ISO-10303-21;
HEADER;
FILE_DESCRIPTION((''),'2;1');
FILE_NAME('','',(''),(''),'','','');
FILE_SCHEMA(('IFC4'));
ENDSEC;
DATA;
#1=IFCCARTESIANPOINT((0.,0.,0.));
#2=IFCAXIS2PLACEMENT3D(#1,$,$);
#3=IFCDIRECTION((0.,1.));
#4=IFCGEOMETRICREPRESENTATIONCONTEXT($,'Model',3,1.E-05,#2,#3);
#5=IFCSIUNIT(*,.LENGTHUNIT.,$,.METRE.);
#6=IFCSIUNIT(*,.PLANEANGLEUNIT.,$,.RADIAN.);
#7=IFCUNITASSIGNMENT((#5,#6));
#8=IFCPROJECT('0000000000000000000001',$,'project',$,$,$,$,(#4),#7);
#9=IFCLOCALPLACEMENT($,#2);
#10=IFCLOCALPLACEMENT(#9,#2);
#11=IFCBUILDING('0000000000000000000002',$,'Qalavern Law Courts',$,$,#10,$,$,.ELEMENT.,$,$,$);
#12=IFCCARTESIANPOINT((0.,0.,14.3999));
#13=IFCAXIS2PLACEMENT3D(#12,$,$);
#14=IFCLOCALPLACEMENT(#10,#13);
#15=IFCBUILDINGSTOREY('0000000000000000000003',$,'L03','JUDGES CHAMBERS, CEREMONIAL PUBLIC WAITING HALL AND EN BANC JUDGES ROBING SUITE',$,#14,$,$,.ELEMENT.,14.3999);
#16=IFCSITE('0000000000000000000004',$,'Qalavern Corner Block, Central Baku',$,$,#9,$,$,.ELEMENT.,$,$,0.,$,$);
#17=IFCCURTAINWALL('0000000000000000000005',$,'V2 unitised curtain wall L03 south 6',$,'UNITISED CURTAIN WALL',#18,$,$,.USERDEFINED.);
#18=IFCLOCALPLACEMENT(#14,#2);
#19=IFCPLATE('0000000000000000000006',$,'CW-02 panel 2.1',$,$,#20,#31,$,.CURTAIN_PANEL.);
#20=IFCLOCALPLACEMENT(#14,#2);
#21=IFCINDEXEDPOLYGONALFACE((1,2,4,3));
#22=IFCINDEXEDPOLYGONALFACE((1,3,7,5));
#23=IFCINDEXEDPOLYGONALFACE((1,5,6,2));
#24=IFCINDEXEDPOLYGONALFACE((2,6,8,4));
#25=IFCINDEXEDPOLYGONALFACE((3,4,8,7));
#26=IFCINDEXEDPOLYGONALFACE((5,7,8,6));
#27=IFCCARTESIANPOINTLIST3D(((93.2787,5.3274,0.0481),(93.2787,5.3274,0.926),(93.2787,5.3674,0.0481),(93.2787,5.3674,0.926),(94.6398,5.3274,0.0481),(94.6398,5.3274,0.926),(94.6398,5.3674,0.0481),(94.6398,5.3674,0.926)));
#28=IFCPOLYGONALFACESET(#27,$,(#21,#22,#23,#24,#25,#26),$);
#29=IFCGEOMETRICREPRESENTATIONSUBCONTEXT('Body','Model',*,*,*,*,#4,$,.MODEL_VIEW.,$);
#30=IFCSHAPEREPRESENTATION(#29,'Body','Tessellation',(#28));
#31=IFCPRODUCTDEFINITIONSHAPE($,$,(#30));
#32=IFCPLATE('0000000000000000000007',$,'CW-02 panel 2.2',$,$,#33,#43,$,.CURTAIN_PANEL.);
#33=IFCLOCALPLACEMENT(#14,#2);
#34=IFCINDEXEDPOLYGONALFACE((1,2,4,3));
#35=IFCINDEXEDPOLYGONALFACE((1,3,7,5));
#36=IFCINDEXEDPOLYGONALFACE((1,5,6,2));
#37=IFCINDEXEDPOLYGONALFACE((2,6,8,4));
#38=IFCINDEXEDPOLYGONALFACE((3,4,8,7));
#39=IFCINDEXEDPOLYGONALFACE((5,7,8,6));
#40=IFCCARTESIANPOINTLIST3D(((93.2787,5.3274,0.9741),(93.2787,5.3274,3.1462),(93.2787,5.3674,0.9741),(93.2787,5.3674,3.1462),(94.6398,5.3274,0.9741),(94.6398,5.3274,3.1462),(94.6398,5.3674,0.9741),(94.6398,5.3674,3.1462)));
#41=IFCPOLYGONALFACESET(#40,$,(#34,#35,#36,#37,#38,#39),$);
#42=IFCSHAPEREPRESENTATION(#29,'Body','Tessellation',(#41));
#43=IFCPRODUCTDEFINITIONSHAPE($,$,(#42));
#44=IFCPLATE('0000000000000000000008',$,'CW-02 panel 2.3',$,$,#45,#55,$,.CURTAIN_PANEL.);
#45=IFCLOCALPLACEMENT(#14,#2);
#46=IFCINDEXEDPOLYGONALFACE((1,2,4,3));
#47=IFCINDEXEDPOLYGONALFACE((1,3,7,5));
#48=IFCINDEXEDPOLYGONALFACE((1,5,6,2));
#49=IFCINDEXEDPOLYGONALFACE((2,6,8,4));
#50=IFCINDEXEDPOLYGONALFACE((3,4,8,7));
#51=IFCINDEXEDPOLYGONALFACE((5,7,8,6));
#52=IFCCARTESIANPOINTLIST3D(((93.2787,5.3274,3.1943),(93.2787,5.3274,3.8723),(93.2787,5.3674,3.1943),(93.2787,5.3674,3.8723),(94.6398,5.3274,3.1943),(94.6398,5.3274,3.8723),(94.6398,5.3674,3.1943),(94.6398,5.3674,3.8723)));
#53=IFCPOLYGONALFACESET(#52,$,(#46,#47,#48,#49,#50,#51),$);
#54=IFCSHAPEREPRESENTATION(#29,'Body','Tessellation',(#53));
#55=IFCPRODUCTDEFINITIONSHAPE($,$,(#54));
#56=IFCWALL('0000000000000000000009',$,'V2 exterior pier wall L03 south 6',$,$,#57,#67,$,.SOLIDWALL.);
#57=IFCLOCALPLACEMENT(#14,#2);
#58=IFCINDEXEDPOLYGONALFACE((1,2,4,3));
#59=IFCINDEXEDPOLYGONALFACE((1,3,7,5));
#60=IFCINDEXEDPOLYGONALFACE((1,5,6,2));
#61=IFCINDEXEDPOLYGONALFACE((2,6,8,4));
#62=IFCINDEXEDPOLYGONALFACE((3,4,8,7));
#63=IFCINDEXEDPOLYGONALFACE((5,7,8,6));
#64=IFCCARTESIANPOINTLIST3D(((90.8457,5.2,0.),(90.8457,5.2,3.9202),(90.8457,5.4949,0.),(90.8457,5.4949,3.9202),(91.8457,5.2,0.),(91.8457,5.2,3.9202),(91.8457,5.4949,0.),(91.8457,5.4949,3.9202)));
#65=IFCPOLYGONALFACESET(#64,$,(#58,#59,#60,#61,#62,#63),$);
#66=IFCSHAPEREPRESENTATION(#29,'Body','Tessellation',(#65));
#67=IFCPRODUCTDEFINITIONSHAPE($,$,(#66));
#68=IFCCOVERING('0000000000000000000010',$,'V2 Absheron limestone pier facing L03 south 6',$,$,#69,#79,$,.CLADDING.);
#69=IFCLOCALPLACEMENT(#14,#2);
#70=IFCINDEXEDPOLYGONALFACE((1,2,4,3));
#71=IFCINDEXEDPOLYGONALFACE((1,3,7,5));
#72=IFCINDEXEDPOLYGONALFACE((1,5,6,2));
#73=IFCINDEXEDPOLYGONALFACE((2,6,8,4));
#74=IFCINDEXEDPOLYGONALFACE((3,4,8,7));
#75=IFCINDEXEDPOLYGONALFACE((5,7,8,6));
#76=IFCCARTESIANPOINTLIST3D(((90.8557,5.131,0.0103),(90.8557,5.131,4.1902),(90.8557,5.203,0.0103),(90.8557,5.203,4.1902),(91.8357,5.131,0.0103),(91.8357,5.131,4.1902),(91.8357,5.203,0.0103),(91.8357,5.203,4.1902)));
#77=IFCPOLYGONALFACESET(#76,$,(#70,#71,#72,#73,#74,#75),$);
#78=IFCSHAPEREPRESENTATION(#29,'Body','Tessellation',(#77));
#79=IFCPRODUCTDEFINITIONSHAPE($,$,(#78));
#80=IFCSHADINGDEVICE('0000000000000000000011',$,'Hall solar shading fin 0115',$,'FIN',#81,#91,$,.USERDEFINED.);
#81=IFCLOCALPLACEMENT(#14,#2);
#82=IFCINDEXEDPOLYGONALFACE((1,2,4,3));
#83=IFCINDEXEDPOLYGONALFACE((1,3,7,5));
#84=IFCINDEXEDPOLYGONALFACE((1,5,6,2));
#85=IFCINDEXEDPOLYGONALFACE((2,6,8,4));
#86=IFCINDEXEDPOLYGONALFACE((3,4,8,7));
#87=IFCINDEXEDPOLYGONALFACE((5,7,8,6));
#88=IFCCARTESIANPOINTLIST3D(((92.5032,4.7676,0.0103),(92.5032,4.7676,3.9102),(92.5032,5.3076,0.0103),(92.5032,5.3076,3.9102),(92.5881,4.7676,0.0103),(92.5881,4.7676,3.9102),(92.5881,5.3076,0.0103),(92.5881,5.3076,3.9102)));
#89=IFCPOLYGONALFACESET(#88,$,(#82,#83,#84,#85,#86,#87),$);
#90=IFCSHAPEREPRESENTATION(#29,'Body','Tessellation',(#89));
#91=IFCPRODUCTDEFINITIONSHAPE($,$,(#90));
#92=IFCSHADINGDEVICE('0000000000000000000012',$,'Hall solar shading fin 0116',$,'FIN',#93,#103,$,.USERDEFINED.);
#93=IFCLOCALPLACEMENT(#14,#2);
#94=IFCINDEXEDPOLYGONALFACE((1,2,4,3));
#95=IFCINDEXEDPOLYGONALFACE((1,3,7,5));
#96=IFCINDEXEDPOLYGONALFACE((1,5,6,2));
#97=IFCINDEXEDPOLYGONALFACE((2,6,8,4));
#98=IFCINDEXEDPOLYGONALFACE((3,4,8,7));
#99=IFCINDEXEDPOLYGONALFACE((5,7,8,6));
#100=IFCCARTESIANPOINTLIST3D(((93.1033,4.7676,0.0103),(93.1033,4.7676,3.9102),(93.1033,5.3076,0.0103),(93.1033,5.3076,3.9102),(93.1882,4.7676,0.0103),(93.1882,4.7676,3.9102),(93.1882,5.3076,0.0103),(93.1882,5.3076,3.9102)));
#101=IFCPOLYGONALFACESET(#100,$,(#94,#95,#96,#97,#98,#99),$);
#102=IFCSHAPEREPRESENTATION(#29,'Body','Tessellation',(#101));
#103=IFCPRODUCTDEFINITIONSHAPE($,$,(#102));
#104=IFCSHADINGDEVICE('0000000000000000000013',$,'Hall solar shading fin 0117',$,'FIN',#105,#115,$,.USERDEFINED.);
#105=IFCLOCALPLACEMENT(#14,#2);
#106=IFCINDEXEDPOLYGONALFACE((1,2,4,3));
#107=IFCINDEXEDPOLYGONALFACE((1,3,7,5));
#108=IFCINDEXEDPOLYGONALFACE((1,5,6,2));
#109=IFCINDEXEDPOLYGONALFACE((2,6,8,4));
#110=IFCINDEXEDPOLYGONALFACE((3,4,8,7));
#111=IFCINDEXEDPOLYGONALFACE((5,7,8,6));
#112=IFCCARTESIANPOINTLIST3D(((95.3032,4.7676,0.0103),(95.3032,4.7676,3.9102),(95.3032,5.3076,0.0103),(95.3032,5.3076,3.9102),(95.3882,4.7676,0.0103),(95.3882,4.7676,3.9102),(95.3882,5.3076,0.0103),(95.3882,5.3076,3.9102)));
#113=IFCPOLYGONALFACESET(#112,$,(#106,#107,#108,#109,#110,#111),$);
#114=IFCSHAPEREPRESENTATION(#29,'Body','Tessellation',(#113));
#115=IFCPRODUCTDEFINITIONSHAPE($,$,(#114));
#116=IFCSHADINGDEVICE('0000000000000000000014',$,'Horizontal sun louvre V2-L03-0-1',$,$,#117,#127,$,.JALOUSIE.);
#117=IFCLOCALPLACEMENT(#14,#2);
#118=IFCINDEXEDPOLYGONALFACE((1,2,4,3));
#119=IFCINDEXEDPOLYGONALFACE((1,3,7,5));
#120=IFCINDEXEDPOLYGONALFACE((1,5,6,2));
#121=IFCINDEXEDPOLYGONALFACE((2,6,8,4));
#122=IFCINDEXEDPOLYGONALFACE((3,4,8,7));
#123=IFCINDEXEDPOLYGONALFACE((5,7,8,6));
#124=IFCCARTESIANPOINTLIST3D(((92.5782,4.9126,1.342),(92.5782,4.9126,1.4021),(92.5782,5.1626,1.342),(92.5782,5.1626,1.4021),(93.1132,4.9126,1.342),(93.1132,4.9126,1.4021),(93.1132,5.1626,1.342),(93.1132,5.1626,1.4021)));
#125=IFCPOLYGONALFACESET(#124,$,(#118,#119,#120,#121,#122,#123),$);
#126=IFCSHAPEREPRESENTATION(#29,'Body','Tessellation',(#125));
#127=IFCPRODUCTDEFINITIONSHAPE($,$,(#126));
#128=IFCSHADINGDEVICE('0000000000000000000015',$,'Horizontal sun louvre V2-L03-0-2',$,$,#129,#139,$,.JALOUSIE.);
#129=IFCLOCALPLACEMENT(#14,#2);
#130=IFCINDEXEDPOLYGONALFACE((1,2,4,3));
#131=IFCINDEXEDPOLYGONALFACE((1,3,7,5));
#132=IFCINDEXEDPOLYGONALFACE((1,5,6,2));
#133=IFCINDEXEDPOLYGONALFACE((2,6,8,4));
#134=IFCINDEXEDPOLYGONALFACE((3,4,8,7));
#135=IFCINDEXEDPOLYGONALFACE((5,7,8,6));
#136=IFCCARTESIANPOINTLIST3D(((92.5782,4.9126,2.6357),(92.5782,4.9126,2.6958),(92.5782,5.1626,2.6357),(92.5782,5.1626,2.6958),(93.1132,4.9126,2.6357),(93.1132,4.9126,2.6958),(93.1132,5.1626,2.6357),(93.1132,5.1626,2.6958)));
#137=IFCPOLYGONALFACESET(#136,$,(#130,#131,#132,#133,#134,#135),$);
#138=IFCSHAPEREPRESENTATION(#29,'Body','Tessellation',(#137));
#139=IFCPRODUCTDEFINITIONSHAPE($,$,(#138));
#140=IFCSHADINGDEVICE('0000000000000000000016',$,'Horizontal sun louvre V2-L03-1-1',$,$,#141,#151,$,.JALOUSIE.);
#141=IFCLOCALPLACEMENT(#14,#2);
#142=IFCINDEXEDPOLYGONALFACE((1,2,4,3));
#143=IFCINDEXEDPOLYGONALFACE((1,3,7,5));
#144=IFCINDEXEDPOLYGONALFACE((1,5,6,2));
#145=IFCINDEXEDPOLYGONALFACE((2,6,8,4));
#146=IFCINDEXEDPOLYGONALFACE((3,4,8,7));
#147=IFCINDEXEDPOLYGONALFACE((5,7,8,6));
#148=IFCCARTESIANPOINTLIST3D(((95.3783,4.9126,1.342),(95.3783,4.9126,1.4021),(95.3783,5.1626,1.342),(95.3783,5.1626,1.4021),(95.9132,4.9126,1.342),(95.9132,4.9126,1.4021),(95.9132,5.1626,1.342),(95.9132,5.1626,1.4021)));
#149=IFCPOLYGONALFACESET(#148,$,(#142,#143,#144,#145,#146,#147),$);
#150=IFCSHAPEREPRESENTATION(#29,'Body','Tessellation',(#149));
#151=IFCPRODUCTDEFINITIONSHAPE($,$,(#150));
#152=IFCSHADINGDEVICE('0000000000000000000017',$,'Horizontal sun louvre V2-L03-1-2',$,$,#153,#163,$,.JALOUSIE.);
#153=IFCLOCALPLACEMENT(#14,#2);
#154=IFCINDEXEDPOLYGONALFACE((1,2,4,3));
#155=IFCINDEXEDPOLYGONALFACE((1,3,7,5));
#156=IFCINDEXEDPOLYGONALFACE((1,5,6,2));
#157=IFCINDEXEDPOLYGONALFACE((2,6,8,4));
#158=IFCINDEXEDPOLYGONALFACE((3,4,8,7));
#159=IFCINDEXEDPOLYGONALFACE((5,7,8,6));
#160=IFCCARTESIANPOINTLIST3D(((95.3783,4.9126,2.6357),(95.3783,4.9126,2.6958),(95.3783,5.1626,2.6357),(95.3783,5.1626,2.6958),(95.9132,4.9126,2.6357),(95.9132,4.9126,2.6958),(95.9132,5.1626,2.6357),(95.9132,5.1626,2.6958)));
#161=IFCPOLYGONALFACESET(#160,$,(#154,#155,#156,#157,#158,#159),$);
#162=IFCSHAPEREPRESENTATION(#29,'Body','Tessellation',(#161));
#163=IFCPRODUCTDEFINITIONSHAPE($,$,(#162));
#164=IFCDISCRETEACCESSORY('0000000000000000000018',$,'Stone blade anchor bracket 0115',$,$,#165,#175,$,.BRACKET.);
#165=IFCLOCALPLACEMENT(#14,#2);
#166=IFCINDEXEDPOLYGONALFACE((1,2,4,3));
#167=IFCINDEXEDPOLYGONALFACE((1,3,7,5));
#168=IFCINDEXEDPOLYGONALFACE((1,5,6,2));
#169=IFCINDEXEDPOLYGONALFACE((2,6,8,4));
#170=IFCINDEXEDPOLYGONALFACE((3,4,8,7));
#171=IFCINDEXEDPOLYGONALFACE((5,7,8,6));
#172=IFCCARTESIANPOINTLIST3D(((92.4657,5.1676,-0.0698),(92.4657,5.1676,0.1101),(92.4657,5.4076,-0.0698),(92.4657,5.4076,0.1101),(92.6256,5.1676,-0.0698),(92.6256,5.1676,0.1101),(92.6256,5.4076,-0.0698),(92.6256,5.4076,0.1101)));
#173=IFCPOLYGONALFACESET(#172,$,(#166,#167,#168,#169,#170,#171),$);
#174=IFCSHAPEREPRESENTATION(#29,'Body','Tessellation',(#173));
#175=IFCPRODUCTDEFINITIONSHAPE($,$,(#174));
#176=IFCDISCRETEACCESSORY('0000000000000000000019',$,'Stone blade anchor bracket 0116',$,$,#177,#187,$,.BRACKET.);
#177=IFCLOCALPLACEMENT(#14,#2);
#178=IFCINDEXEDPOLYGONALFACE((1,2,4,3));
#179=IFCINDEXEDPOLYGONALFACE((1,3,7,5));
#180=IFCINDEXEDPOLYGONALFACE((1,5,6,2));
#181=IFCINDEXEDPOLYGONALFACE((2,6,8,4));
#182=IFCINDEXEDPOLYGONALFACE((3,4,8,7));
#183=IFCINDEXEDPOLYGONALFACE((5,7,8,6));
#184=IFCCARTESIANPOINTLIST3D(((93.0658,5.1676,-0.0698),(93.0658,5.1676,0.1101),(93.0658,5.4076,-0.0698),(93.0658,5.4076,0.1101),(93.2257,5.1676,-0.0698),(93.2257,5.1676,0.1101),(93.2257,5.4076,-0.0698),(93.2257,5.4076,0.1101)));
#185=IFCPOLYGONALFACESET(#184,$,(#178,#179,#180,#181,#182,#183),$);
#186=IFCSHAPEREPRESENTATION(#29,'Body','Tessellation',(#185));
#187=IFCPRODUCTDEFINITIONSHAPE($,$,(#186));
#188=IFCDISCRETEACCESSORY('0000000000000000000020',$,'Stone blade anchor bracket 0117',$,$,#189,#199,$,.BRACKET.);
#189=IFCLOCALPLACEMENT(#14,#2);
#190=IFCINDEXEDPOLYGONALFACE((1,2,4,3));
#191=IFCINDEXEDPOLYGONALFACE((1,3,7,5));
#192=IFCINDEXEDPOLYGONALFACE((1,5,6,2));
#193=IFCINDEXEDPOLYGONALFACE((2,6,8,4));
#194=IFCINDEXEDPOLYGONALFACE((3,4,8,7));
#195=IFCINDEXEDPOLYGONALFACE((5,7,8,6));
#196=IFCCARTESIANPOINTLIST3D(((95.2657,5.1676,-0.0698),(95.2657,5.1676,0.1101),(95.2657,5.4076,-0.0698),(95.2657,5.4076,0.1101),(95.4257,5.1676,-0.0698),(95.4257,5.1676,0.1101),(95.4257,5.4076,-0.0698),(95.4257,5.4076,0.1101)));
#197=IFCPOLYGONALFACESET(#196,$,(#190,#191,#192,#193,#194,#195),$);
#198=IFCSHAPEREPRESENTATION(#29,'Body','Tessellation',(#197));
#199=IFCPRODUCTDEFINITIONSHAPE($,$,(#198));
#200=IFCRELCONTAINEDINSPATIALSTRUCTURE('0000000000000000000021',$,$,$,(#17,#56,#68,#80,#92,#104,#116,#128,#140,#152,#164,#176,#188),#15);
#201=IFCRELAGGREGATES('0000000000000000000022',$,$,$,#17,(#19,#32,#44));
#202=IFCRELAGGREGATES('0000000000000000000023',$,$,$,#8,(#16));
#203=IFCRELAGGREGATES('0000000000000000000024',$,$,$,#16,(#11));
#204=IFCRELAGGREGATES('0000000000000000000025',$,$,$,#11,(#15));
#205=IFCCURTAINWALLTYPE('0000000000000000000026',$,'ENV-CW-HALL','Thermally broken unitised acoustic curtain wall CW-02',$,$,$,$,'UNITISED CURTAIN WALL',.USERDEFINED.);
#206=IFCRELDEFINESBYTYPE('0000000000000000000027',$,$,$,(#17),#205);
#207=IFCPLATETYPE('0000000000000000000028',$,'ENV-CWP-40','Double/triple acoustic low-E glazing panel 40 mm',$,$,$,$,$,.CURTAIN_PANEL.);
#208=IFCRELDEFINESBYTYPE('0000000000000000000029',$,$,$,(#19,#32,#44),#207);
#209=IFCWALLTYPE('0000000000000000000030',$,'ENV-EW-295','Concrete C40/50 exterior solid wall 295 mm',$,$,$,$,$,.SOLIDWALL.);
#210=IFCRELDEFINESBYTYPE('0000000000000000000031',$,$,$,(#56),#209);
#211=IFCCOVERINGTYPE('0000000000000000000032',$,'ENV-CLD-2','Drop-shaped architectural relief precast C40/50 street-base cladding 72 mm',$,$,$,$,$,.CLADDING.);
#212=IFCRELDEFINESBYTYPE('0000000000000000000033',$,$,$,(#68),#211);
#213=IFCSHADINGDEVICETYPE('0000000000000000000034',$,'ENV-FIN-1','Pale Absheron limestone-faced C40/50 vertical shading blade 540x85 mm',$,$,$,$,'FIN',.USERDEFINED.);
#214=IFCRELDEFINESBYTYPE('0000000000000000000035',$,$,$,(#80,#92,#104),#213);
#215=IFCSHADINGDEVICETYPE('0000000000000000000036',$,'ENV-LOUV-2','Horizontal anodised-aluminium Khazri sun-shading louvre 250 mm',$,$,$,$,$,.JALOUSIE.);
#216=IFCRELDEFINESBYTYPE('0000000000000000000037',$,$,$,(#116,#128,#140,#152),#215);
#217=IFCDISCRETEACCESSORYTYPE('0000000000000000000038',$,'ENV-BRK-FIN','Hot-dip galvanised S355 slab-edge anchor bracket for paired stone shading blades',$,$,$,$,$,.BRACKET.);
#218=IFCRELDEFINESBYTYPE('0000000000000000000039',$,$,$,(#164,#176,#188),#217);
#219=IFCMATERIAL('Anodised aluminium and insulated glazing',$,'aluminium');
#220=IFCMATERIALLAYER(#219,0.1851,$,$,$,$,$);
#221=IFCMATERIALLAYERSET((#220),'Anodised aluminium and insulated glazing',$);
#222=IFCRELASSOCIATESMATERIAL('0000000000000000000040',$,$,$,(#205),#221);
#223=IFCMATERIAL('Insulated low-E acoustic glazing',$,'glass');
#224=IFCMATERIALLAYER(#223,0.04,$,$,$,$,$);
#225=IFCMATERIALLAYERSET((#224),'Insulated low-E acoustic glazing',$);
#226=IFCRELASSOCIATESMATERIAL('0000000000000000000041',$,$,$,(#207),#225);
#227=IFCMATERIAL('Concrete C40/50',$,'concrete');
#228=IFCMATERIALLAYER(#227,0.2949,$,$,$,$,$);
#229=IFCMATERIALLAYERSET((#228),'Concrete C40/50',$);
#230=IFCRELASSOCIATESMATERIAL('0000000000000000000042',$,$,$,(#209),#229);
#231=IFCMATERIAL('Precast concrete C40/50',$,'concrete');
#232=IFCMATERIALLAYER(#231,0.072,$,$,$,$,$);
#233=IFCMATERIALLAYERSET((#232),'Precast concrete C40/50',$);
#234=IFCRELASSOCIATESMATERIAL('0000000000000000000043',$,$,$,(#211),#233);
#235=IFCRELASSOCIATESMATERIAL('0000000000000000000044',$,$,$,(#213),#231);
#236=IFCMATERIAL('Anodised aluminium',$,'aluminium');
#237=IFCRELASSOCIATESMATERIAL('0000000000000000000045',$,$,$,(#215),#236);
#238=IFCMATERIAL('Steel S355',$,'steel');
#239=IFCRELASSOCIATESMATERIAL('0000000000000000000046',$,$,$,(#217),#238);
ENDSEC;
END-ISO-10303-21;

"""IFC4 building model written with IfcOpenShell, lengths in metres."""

from ifc_helpers import new_model, si_unit, direction, frame, frame_2d, origin, origin_2d, place, context, subcontext, project, spatial, rectangle, extrude, material, layer, layer_set, type_object, element, aggregate, save


model = new_model("IFC4")

# Units and contexts
model_context = context("Model", 3, precision=1e-05, world=origin(), true_north=direction((0.0, 1.0)))
body_context = subcontext(model_context, "Body", "Model", "MODEL_VIEW")
ifc_project = project(units=[si_unit("LENGTHUNIT", "METRE"), si_unit("PLANEANGLEUNIT", "RADIAN")], contexts=[model_context])

# Site, building, storey
site_placement = place(None, origin())
site = spatial("IfcSite", under=ifc_project, at=site_placement, Name="Qalavern Corner Block, Central Baku", CompositionType="ELEMENT", RefElevation=0.0)
building_placement = place(site_placement, origin())
building = spatial("IfcBuilding", under=site, at=building_placement, Name="Qalavern Law Courts", CompositionType="ELEMENT")
storey_placement = place(building_placement, frame((0.0, 0.0, 14.3999)))
storey = spatial("IfcBuildingStorey", under=building, at=storey_placement, Name="L03", Description="JUDGES CHAMBERS, CEREMONIAL PUBLIC WAITING HALL AND EN BANC JUDGES ROBING SUITE", CompositionType="ELEMENT", Elevation=14.3999)

# Shared definitions
ifc_material_1 = material(Name="Anodised aluminium and insulated glazing", Category="aluminium")
ifc_layer_1 = layer(ifc_material_1, 0.1851)
ifc_layer_set_1 = layer_set([ifc_layer_1], Name="Anodised aluminium and insulated glazing")
curtain_wall_type = type_object("IfcCurtainWallType", Name="ENV-CW-HALL", Description="Thermally broken unitised acoustic curtain wall CW-02", ElementType="UNITISED CURTAIN WALL", PredefinedType="USERDEFINED", material=ifc_layer_set_1)
ifc_material_2 = material(Name="Anodised aluminium", Category="aluminium")

# Curtain wall
curtain_wall_1_placement = place(storey_placement, origin())
curtain_wall_1 = element("IfcCurtainWall", 1, at=curtain_wall_1_placement, inside=storey, type_object=curtain_wall_type, Name="V2 unitised curtain wall L03 south 6", ObjectType="UNITISED CURTAIN WALL", PredefinedType="USERDEFINED")

# Plates
ifc_material_3 = material(Name="Insulated low-E acoustic glazing", Category="glass")
ifc_layer_2 = layer(ifc_material_3, 0.04)
ifc_layer_set_2 = layer_set([ifc_layer_2], Name="Insulated low-E acoustic glazing")
plate_type_1 = type_object("IfcPlateType", Name="ENV-CWP-40", Description="Double/triple acoustic low-E glazing panel 40 mm", PredefinedType="CURTAIN_PANEL", material=ifc_layer_set_2)
plate_1_placement = place(storey_placement, frame((93.9592, 5.3474, 0.0481), z_axis=(0.0, 0.0, 1.0), x_axis=(1.0, 0.0, 0.0)))
plate_1 = element("IfcPlate", 2, at=plate_1_placement, type_object=plate_type_1, Name="CW-02 panel 2.1", PredefinedType="CURTAIN_PANEL", context=body_context, shape_type="SweptSolid", body=[
    extrude(rectangle(XDim=1.3611, YDim=0.04, at=origin_2d()), origin(), (0.0, 0.0, 1.0), 0.8779),
])
plate_2_placement = place(storey_placement, frame((93.9592, 5.3474, 0.9741), z_axis=(0.0, 0.0, 1.0), x_axis=(1.0, 0.0, 0.0)))
plate_2 = element("IfcPlate", 3, at=plate_2_placement, type_object=plate_type_1, Name="CW-02 panel 2.2", PredefinedType="CURTAIN_PANEL", context=body_context, shape_type="SweptSolid", body=[
    extrude(rectangle(XDim=1.3611, YDim=0.04, at=origin_2d()), origin(), (0.0, 0.0, 1.0), 2.1721),
])
plate_3_placement = place(storey_placement, frame((93.9592, 5.3474, 3.1943), z_axis=(0.0, 0.0, 1.0), x_axis=(1.0, 0.0, 0.0)))
plate_3 = element("IfcPlate", 4, at=plate_3_placement, type_object=plate_type_1, Name="CW-02 panel 2.3", PredefinedType="CURTAIN_PANEL", context=body_context, shape_type="SweptSolid", body=[
    extrude(rectangle(XDim=1.3611, YDim=0.04, at=origin_2d()), origin(), (0.0, 0.0, 1.0), 0.678),
])
aggregate(curtain_wall_1, [plate_1, plate_2, plate_3])

# Wall
ifc_material_4 = material(Name="Concrete C40/50", Category="concrete")
ifc_layer_3 = layer(ifc_material_4, 0.2949)
ifc_layer_set_3 = layer_set([ifc_layer_3], Name="Concrete C40/50")
wall_type = type_object("IfcWallType", Name="ENV-EW-295", Description="Concrete C40/50 exterior solid wall 295 mm", PredefinedType="SOLIDWALL", material=ifc_layer_set_3)
wall_placement = place(storey_placement, frame((90.8457, 5.3474, 0.0), z_axis=(0.0, 0.0, 1.0), x_axis=(1.0, 0.0, 0.0)))
element("IfcWall", 5, at=wall_placement, inside=storey, type_object=wall_type, Name="V2 exterior pier wall L03 south 6", PredefinedType="SOLIDWALL", context=body_context, shape_type="SweptSolid", body=[
    extrude(rectangle(XDim=1.0, YDim=0.2949, at=frame_2d((0.5, 0.0))), origin(), (0.0, 0.0, 1.0), 3.9202),
])

# Covering
ifc_material_5 = material(Name="Precast concrete C40/50", Category="concrete")
ifc_layer_4 = layer(ifc_material_5, 0.072)
ifc_layer_set_4 = layer_set([ifc_layer_4], Name="Precast concrete C40/50")
covering_type = type_object("IfcCoveringType", Name="ENV-CLD-2", Description="Drop-shaped architectural relief precast C40/50 street-base cladding 72 mm", PredefinedType="CLADDING", material=ifc_layer_set_4)
covering_placement = place(storey_placement, frame((91.3457, 5.167, 0.0103), z_axis=(0.0, 0.0, 1.0), x_axis=(1.0, 0.0, 0.0)))
element("IfcCovering", 6, at=covering_placement, inside=storey, type_object=covering_type, Name="V2 Absheron limestone pier facing L03 south 6", PredefinedType="CLADDING", context=body_context, shape_type="SweptSolid", body=[
    extrude(rectangle(XDim=0.98, YDim=0.072, at=origin_2d()), origin(), (0.0, 0.0, 1.0), 4.1799),
])

# Shading devices
shading_device_type_1 = type_object("IfcShadingDeviceType", Name="ENV-FIN-1", Description="Pale Absheron limestone-faced C40/50 vertical shading blade 540x85 mm", ElementType="FIN", PredefinedType="USERDEFINED", material=ifc_material_5)
for number, where, z_axis, x_axis, name in (
    (7, (92.5457, 5.0376, 0.0103), (0.0, 0.0, 1.0), (0.0, -1.0, 0.0), "Hall solar shading fin 0115"),
    (8, (93.1458, 5.0376, 0.0103), (0.0, 0.0, 1.0), (0.0, -1.0, 0.0), "Hall solar shading fin 0116"),
    (9, (95.3457, 5.0376, 0.0103), (0.0, 0.0, 1.0), (0.0, -1.0, 0.0), "Hall solar shading fin 0117"),
):
    element("IfcShadingDevice", number, at=place(storey_placement, frame(where, z_axis=z_axis, x_axis=x_axis)), inside=storey, type_object=shading_device_type_1, Name=name, ObjectType="FIN", PredefinedType="USERDEFINED", context=body_context, shape_type="SweptSolid", body=[
        extrude(rectangle(XDim=0.54, YDim=0.085, at=origin_2d()), origin(), (0.0, 0.0, 1.0), 3.8999),
    ])
shading_device_type_2 = type_object("IfcShadingDeviceType", Name="ENV-LOUV-2", Description="Horizontal anodised-aluminium Khazri sun-shading louvre 250 mm", PredefinedType="JALOUSIE", material=ifc_material_2)
for number, where, z_axis, x_axis, name in (
    (10, (92.8457, 5.0376, 1.342), (0.0, 0.0, 1.0), (1.0, 0.0, 0.0), "Horizontal sun louvre V2-L03-0-1"),
    (11, (92.8457, 5.0376, 2.6357), (0.0, 0.0, 1.0), (1.0, 0.0, 0.0), "Horizontal sun louvre V2-L03-0-2"),
    (12, (95.6458, 5.0376, 1.342), (0.0, 0.0, 1.0), (1.0, 0.0, 0.0), "Horizontal sun louvre V2-L03-1-1"),
    (13, (95.6458, 5.0376, 2.6357), (0.0, 0.0, 1.0), (1.0, 0.0, 0.0), "Horizontal sun louvre V2-L03-1-2"),
):
    element("IfcShadingDevice", number, at=place(storey_placement, frame(where, z_axis=z_axis, x_axis=x_axis)), inside=storey, type_object=shading_device_type_2, Name=name, PredefinedType="JALOUSIE", context=body_context, shape_type="SweptSolid", body=[
        extrude(rectangle(XDim=0.5349, YDim=0.25, at=origin_2d()), origin(), (0.0, 0.0, 1.0), 0.0601),
    ])

# Discrete accessories
ifc_material_6 = material(Name="Steel S355", Category="steel")
discrete_accessory_type = type_object("IfcDiscreteAccessoryType", Name="ENV-BRK-FIN", Description="Hot-dip galvanised S355 slab-edge anchor bracket for paired stone shading blades", PredefinedType="BRACKET", material=ifc_material_6)
for number, where, z_axis, x_axis, name in (
    (14, (92.5457, 5.2876, -0.0698), (0.0, 0.0, 1.0), (0.0, -1.0, 0.0), "Stone blade anchor bracket 0115"),
    (15, (93.1458, 5.2876, -0.0698), (0.0, 0.0, 1.0), (0.0, -1.0, 0.0), "Stone blade anchor bracket 0116"),
    (16, (95.3457, 5.2876, -0.0698), (0.0, 0.0, 1.0), (0.0, -1.0, 0.0), "Stone blade anchor bracket 0117"),
):
    element("IfcDiscreteAccessory", number, at=place(storey_placement, frame(where, z_axis=z_axis, x_axis=x_axis)), inside=storey, type_object=discrete_accessory_type, Name=name, PredefinedType="BRACKET", context=body_context, shape_type="SweptSolid", body=[
        extrude(rectangle(XDim=0.24, YDim=0.1599, at=origin_2d()), origin(), (0.0, 0.0, 1.0), 0.1799),
    ])

save(model, "model.ifc")
